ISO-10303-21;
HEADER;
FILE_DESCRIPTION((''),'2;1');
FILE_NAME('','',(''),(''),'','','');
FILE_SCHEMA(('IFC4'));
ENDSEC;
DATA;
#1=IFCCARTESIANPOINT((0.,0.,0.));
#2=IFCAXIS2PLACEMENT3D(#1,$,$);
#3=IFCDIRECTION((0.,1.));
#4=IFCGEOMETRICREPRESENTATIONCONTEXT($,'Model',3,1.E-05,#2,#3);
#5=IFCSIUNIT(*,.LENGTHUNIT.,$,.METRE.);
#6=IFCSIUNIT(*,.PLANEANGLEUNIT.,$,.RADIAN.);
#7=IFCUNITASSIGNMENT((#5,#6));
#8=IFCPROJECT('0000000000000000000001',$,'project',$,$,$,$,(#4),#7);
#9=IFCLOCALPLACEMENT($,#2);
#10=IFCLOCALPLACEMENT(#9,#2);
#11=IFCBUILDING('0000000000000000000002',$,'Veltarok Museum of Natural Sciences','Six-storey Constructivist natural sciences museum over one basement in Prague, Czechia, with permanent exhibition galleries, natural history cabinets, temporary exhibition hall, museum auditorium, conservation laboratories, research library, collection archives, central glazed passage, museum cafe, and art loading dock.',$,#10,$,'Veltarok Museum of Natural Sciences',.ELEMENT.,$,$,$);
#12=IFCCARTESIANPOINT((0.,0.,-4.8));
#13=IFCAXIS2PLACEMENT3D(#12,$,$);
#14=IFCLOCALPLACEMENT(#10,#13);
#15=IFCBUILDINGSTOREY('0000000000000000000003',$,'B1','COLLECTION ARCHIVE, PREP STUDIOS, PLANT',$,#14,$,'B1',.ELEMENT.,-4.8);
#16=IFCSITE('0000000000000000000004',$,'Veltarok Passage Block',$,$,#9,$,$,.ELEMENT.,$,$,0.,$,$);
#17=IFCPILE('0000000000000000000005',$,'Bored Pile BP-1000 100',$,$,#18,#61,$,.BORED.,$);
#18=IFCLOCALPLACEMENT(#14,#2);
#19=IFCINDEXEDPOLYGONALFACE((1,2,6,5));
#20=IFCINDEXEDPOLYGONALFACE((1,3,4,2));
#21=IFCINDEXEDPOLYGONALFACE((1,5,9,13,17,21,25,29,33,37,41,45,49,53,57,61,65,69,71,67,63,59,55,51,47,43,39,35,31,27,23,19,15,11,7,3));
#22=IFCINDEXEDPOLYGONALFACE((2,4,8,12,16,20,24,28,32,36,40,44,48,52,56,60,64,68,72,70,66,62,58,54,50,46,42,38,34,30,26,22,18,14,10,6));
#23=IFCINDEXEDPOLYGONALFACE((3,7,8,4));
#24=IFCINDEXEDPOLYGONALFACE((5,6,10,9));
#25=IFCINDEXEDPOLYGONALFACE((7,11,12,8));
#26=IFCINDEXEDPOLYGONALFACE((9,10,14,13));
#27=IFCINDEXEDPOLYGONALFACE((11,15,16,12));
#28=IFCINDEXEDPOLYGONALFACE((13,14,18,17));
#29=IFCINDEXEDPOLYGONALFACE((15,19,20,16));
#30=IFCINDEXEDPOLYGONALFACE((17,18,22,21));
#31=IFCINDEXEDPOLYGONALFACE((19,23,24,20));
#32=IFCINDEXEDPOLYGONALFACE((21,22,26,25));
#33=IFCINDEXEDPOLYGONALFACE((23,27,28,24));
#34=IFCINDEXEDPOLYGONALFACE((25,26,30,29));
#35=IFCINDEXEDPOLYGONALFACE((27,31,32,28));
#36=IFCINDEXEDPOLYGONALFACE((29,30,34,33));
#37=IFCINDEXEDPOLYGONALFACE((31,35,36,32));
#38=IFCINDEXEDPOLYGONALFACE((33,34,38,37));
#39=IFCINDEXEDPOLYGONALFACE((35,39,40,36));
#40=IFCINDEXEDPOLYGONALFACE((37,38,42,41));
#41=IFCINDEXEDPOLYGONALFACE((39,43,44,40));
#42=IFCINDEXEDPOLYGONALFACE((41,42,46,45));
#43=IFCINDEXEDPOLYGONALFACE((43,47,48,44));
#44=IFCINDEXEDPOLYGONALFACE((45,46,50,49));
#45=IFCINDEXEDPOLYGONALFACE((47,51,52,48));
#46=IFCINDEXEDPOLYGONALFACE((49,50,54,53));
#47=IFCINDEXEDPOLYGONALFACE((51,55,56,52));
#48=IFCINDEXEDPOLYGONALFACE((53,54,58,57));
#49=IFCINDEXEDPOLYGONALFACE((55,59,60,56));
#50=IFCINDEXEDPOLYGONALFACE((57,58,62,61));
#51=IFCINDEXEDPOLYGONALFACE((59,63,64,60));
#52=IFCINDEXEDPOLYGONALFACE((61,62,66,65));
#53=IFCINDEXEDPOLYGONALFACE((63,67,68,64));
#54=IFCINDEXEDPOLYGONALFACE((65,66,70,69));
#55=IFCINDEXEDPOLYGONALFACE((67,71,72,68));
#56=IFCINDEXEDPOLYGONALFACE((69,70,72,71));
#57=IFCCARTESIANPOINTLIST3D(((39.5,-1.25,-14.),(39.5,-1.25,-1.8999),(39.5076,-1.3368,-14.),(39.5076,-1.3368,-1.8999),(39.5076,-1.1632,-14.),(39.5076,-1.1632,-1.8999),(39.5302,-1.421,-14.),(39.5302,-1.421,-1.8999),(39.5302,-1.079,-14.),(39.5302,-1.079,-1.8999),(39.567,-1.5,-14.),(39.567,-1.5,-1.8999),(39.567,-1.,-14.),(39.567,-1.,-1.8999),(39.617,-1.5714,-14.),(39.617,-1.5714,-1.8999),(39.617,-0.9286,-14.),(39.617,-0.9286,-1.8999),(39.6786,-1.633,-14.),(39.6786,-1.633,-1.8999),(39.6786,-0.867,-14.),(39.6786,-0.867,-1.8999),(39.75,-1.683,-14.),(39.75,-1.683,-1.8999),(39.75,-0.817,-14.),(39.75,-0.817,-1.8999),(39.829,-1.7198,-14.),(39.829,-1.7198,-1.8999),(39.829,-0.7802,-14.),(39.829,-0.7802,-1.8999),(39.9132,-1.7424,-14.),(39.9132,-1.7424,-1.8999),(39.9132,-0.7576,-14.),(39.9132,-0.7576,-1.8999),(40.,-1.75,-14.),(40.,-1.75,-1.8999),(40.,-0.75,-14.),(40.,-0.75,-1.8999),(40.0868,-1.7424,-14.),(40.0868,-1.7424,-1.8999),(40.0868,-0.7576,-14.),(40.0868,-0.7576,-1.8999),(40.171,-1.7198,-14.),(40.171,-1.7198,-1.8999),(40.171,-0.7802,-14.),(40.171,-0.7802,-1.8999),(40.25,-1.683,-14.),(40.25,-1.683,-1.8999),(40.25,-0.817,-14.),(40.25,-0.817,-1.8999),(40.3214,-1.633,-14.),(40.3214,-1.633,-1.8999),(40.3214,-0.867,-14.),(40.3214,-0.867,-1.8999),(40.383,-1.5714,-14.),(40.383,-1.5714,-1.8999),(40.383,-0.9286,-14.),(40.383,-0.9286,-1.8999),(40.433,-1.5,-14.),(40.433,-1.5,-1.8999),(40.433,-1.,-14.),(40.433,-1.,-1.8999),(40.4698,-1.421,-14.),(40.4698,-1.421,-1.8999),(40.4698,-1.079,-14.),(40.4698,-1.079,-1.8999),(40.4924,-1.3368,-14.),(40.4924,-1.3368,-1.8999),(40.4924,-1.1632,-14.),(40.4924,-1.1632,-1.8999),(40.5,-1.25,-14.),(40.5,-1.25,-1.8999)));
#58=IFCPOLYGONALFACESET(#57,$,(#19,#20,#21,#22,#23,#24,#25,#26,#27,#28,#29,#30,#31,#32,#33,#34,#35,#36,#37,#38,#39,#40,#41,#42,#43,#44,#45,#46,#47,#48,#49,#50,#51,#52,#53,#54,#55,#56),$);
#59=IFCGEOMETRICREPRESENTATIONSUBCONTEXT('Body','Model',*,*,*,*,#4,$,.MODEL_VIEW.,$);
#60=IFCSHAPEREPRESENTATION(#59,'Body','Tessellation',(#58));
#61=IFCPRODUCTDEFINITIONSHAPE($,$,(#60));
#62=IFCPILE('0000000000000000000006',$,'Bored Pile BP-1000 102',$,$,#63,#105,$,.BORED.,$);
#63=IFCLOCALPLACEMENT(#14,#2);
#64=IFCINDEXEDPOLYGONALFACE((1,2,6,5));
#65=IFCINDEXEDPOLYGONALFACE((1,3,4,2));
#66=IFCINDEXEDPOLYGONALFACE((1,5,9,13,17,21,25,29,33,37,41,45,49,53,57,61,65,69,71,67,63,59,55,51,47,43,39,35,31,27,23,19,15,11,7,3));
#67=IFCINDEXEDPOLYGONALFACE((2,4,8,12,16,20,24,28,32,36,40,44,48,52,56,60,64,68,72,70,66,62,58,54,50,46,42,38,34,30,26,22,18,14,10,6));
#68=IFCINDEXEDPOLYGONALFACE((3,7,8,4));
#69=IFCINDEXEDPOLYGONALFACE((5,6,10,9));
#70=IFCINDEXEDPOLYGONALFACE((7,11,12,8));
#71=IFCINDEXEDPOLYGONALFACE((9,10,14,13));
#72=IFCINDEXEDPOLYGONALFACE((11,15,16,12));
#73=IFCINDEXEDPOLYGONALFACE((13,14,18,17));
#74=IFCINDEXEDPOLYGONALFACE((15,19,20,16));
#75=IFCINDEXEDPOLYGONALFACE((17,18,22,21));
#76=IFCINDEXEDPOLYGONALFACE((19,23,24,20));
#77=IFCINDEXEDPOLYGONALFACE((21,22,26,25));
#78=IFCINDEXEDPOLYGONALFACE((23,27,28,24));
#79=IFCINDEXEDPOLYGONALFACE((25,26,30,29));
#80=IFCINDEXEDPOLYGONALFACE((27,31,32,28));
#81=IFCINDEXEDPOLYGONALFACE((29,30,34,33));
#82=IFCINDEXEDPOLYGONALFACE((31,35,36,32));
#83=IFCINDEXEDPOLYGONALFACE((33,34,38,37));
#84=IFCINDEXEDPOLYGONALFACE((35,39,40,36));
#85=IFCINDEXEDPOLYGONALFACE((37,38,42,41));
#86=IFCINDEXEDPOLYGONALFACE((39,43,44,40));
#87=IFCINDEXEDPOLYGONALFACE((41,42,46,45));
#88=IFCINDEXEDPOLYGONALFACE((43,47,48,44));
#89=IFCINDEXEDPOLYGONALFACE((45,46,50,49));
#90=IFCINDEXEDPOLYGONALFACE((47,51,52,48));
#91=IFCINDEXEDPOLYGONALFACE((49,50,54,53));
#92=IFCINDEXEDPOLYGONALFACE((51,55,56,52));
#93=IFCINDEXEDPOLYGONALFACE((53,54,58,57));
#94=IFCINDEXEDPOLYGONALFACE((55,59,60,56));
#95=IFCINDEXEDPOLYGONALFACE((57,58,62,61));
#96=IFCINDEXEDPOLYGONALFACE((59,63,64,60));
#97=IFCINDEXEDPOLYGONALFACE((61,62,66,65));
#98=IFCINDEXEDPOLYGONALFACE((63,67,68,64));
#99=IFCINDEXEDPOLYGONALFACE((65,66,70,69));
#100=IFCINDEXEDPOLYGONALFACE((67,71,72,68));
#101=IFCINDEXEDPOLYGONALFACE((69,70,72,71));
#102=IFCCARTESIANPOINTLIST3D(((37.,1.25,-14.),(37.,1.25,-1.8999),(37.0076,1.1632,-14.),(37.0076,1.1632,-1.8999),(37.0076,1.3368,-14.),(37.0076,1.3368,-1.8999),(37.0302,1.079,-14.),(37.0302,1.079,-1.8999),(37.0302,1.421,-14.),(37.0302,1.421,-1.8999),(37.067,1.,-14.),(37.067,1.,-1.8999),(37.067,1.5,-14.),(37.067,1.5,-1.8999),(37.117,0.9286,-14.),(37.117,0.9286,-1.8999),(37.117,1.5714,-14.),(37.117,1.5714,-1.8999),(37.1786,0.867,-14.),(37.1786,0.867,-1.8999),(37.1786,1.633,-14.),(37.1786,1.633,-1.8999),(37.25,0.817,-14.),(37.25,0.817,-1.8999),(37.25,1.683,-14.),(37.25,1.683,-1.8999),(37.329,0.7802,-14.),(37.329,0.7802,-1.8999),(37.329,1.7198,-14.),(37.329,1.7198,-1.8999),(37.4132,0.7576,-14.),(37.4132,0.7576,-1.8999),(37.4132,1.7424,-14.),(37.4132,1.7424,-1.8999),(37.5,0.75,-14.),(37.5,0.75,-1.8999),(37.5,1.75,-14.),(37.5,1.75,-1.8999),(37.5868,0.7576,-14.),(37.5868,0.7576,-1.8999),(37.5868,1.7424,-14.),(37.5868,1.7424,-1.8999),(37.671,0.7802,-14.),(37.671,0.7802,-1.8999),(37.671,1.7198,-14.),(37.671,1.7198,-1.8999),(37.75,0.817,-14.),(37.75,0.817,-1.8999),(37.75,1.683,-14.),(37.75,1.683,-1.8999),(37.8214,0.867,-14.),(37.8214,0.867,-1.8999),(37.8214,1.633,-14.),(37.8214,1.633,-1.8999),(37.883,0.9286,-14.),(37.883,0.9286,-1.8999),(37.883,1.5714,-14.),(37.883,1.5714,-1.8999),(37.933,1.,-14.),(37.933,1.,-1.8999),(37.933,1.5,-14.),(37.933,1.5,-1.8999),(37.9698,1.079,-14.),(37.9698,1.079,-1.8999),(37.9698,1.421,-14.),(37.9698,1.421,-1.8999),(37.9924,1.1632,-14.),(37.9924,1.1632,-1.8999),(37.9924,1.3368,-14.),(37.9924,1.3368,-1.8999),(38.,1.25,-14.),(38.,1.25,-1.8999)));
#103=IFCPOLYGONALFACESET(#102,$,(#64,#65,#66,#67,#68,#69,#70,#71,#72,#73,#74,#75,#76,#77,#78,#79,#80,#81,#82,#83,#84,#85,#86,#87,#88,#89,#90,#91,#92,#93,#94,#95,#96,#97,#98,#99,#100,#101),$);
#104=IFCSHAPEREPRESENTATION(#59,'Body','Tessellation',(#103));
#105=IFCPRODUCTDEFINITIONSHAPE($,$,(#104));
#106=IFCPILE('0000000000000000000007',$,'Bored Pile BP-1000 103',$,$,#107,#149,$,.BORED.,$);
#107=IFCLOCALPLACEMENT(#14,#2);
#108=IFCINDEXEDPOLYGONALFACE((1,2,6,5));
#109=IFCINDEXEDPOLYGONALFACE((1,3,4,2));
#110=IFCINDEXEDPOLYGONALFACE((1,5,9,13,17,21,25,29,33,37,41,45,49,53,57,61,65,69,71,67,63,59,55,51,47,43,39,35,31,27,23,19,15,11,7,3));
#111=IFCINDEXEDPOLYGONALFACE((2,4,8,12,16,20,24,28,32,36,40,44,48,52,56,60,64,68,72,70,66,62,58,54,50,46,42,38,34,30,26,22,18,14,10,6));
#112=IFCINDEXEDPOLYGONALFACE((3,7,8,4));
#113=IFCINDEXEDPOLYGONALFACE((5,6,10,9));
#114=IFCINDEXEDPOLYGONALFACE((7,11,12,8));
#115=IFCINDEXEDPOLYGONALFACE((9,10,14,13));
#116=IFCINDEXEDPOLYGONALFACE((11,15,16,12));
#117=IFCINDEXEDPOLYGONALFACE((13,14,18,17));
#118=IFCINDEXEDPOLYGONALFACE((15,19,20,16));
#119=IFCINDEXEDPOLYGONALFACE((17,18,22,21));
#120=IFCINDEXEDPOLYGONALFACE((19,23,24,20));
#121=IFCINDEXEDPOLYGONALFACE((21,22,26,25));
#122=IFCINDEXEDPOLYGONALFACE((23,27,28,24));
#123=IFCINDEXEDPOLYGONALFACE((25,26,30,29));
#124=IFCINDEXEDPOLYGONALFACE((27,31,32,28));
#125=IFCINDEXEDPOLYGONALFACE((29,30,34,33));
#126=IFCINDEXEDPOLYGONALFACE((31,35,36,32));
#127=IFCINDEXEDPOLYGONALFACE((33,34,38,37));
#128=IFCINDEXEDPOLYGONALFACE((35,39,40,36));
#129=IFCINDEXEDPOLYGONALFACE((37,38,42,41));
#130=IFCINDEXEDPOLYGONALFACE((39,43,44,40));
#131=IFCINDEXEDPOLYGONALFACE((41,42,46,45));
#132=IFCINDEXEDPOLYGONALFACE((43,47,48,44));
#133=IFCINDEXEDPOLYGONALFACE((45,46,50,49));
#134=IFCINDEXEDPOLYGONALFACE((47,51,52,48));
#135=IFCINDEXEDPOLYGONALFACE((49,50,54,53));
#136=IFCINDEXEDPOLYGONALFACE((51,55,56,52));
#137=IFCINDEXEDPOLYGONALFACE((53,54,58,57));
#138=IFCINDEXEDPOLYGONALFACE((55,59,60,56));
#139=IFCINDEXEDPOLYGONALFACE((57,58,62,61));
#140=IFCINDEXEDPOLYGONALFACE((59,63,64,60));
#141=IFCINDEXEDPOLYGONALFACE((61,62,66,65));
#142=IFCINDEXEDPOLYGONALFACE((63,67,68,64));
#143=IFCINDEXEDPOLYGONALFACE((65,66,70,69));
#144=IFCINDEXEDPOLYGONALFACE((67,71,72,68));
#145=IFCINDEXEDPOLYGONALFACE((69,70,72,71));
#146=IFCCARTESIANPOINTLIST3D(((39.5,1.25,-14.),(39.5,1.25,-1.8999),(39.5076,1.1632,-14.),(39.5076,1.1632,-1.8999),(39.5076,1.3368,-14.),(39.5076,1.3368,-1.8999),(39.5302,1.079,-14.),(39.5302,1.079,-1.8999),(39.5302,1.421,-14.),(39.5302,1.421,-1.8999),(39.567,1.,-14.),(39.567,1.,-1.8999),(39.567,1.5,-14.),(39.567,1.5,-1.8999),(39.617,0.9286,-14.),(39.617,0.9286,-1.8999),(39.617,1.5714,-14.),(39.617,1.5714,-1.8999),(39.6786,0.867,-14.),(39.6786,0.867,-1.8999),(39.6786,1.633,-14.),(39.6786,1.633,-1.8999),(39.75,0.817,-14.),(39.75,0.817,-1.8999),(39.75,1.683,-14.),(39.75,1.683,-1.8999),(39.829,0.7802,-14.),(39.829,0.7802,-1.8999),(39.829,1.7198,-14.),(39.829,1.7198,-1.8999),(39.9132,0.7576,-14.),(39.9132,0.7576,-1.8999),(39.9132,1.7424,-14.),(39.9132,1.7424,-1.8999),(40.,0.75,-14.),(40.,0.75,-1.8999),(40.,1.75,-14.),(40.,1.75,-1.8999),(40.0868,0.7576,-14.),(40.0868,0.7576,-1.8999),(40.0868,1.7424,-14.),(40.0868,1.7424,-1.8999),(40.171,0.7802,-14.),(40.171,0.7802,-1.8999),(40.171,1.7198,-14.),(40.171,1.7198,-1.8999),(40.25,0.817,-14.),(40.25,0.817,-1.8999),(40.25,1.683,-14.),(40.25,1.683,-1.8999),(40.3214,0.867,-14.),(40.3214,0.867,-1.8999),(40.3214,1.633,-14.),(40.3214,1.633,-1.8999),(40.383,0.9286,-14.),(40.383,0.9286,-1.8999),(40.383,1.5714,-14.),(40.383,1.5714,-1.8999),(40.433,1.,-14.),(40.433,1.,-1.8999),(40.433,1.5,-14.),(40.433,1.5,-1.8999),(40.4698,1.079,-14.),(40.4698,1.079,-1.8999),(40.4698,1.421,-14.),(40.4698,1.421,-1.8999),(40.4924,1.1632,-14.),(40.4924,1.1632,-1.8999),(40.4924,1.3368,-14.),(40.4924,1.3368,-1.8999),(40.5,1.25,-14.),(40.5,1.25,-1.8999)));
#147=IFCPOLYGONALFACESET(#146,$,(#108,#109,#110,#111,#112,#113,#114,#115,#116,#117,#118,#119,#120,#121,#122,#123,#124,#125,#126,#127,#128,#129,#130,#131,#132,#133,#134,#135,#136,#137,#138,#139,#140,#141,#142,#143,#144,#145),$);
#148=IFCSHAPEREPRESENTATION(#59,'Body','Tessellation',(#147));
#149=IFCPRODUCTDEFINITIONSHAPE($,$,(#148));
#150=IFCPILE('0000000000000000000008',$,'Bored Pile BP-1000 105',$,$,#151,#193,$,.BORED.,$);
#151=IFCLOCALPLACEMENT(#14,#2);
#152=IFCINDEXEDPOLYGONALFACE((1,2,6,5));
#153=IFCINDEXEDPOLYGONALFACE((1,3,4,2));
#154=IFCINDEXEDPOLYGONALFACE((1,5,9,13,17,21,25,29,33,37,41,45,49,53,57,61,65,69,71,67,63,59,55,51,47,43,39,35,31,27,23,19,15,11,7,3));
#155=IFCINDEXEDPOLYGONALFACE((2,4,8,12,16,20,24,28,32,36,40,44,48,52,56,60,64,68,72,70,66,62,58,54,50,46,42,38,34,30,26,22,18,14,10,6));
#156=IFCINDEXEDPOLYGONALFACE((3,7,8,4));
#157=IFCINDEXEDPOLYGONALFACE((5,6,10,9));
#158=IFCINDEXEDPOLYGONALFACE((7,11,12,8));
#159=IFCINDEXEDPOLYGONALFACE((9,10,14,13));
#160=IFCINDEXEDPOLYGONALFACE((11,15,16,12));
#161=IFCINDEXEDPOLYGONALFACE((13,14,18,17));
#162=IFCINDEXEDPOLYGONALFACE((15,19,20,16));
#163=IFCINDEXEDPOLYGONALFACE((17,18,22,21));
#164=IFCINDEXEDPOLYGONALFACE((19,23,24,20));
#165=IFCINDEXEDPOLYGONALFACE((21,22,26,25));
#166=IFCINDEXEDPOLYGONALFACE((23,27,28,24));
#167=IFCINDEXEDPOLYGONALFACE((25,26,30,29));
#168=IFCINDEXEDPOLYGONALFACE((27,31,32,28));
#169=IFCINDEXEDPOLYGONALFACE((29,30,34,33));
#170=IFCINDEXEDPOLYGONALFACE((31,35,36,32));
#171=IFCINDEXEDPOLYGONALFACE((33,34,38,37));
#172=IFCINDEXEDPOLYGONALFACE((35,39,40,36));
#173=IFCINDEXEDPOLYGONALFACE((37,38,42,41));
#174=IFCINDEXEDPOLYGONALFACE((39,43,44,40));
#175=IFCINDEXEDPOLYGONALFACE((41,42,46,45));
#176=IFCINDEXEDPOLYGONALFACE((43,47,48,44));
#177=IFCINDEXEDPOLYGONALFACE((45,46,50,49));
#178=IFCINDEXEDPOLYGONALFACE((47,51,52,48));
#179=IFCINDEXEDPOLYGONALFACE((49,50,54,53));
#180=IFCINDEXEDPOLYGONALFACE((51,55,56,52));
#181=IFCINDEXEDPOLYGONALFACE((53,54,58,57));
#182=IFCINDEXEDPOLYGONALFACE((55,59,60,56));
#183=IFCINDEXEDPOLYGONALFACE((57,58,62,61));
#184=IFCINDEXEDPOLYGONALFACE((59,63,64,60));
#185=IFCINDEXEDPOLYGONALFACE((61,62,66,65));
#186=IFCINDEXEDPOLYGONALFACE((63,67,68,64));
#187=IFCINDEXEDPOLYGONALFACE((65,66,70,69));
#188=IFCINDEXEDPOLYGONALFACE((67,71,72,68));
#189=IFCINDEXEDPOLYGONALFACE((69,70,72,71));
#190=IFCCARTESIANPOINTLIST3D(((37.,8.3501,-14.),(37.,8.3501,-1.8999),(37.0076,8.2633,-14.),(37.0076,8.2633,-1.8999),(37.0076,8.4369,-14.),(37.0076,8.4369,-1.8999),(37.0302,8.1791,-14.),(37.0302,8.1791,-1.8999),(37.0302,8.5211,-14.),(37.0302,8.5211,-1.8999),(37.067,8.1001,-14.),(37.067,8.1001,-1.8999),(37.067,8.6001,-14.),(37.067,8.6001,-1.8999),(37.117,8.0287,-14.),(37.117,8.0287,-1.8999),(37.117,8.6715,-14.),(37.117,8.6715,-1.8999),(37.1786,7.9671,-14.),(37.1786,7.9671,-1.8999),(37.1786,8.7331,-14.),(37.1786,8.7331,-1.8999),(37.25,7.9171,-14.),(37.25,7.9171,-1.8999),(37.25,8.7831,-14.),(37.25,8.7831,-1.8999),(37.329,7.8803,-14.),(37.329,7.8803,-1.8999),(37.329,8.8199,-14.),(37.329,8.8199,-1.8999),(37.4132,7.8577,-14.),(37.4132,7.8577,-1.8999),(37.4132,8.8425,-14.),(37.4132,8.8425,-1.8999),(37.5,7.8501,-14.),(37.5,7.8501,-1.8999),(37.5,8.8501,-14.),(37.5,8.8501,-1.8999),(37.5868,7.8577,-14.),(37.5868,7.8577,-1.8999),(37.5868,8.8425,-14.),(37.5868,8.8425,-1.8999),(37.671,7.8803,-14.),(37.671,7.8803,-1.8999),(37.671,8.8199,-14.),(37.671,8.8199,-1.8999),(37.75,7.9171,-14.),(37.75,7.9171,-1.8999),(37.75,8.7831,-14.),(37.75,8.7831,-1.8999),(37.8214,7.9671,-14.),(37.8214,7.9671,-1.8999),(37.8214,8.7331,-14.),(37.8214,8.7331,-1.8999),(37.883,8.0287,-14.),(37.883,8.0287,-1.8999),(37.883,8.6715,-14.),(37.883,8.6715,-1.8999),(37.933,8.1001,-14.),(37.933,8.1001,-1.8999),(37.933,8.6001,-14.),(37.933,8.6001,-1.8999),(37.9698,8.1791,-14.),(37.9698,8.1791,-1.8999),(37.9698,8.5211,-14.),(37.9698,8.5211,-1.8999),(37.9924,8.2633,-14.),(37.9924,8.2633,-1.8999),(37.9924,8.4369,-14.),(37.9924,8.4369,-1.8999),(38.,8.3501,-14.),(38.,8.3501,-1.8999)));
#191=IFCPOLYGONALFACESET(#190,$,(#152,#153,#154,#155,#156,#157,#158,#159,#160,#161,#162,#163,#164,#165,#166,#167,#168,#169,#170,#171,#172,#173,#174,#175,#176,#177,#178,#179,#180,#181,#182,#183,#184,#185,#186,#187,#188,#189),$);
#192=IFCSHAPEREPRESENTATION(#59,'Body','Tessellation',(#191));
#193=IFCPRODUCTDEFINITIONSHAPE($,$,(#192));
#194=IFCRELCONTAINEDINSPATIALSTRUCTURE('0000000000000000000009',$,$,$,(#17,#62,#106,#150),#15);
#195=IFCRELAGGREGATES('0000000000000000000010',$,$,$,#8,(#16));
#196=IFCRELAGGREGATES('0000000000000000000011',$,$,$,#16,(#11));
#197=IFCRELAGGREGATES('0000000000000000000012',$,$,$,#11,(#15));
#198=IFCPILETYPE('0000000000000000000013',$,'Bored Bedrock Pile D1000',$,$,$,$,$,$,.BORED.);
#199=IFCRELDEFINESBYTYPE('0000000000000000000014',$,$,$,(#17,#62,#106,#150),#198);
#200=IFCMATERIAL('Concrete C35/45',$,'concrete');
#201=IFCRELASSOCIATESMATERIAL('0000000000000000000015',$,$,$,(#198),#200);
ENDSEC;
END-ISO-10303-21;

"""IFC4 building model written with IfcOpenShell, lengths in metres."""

from ifc_helpers import new_model, si_unit, direction, frame, origin, origin_2d, place, context, subcontext, project, spatial, circle, extrude, material, material_profile, profile_set, type_object, element, save


model = new_model("IFC4")

# Units and contexts
model_context = context("Model", 3, precision=1e-05, world=origin(), true_north=direction((0.0, 1.0)))
body_context = subcontext(model_context, "Body", "Model", "MODEL_VIEW")
ifc_project = project(units=[si_unit("LENGTHUNIT", "METRE"), si_unit("PLANEANGLEUNIT", "RADIAN")], contexts=[model_context])

# Site, building, storey
site_placement = place(None, origin())
site = spatial("IfcSite", under=ifc_project, at=site_placement, Name="Veltarok Passage Block", CompositionType="ELEMENT", RefElevation=0.0)
building_placement = place(site_placement, origin())
building = spatial("IfcBuilding", under=site, at=building_placement, Name="Veltarok Museum of Natural Sciences", Description="Six-storey Constructivist natural sciences museum over one basement in Prague, Czechia, with permanent exhibition galleries, natural history cabinets, temporary exhibition hall, museum auditorium, conservation laboratories, research library, collection archives, central glazed passage, museum cafe, and art loading dock.", LongName="Veltarok Museum of Natural Sciences", CompositionType="ELEMENT")
storey_placement = place(building_placement, frame((0.0, 0.0, -4.8)))
storey = spatial("IfcBuildingStorey", under=building, at=storey_placement, Name="B1", Description="COLLECTION ARCHIVE, PREP STUDIOS, PLANT", LongName="B1", CompositionType="ELEMENT", Elevation=-4.8)

# Piles
ifc_material_1 = material(Name="Concrete C35/45", Category="concrete")
ifc_material_profile_1 = material_profile(ifc_material_1, circle(Radius=0.5, at=origin_2d()), Name="BP D1000")
ifc_profile_set_1 = profile_set([ifc_material_profile_1], Name="Concrete C35/45")
pile_type = type_object("IfcPileType", Name="Bored Bedrock Pile D1000", PredefinedType="BORED", material=ifc_profile_set_1)
for number, where, z_axis, x_axis, name in (
    (1, (40.0, -1.25, -1.8999), (0.0, 0.0, -1.0), (1.0, 0.0, 0.0), "Bored Pile BP-1000 100"),
    (2, (37.5, 1.25, -1.8999), (0.0, 0.0, -1.0), (1.0, 0.0, 0.0), "Bored Pile BP-1000 102"),
    (3, (40.0, 1.25, -1.8999), (0.0, 0.0, -1.0), (1.0, 0.0, 0.0), "Bored Pile BP-1000 103"),
    (4, (37.5, 8.3501, -1.8999), (0.0, 0.0, -1.0), (1.0, 0.0, 0.0), "Bored Pile BP-1000 105"),
):
    element("IfcPile", number, at=place(storey_placement, frame(where, z_axis=z_axis, x_axis=x_axis)), inside=storey, type_object=pile_type, Name=name, PredefinedType="BORED", context=body_context, shape_type="SweptSolid", body=[
        extrude(circle(Radius=0.5, at=origin_2d()), origin(), (0.0, 0.0, 1.0), 12.1001),
    ])

save(model, "model.ifc")
